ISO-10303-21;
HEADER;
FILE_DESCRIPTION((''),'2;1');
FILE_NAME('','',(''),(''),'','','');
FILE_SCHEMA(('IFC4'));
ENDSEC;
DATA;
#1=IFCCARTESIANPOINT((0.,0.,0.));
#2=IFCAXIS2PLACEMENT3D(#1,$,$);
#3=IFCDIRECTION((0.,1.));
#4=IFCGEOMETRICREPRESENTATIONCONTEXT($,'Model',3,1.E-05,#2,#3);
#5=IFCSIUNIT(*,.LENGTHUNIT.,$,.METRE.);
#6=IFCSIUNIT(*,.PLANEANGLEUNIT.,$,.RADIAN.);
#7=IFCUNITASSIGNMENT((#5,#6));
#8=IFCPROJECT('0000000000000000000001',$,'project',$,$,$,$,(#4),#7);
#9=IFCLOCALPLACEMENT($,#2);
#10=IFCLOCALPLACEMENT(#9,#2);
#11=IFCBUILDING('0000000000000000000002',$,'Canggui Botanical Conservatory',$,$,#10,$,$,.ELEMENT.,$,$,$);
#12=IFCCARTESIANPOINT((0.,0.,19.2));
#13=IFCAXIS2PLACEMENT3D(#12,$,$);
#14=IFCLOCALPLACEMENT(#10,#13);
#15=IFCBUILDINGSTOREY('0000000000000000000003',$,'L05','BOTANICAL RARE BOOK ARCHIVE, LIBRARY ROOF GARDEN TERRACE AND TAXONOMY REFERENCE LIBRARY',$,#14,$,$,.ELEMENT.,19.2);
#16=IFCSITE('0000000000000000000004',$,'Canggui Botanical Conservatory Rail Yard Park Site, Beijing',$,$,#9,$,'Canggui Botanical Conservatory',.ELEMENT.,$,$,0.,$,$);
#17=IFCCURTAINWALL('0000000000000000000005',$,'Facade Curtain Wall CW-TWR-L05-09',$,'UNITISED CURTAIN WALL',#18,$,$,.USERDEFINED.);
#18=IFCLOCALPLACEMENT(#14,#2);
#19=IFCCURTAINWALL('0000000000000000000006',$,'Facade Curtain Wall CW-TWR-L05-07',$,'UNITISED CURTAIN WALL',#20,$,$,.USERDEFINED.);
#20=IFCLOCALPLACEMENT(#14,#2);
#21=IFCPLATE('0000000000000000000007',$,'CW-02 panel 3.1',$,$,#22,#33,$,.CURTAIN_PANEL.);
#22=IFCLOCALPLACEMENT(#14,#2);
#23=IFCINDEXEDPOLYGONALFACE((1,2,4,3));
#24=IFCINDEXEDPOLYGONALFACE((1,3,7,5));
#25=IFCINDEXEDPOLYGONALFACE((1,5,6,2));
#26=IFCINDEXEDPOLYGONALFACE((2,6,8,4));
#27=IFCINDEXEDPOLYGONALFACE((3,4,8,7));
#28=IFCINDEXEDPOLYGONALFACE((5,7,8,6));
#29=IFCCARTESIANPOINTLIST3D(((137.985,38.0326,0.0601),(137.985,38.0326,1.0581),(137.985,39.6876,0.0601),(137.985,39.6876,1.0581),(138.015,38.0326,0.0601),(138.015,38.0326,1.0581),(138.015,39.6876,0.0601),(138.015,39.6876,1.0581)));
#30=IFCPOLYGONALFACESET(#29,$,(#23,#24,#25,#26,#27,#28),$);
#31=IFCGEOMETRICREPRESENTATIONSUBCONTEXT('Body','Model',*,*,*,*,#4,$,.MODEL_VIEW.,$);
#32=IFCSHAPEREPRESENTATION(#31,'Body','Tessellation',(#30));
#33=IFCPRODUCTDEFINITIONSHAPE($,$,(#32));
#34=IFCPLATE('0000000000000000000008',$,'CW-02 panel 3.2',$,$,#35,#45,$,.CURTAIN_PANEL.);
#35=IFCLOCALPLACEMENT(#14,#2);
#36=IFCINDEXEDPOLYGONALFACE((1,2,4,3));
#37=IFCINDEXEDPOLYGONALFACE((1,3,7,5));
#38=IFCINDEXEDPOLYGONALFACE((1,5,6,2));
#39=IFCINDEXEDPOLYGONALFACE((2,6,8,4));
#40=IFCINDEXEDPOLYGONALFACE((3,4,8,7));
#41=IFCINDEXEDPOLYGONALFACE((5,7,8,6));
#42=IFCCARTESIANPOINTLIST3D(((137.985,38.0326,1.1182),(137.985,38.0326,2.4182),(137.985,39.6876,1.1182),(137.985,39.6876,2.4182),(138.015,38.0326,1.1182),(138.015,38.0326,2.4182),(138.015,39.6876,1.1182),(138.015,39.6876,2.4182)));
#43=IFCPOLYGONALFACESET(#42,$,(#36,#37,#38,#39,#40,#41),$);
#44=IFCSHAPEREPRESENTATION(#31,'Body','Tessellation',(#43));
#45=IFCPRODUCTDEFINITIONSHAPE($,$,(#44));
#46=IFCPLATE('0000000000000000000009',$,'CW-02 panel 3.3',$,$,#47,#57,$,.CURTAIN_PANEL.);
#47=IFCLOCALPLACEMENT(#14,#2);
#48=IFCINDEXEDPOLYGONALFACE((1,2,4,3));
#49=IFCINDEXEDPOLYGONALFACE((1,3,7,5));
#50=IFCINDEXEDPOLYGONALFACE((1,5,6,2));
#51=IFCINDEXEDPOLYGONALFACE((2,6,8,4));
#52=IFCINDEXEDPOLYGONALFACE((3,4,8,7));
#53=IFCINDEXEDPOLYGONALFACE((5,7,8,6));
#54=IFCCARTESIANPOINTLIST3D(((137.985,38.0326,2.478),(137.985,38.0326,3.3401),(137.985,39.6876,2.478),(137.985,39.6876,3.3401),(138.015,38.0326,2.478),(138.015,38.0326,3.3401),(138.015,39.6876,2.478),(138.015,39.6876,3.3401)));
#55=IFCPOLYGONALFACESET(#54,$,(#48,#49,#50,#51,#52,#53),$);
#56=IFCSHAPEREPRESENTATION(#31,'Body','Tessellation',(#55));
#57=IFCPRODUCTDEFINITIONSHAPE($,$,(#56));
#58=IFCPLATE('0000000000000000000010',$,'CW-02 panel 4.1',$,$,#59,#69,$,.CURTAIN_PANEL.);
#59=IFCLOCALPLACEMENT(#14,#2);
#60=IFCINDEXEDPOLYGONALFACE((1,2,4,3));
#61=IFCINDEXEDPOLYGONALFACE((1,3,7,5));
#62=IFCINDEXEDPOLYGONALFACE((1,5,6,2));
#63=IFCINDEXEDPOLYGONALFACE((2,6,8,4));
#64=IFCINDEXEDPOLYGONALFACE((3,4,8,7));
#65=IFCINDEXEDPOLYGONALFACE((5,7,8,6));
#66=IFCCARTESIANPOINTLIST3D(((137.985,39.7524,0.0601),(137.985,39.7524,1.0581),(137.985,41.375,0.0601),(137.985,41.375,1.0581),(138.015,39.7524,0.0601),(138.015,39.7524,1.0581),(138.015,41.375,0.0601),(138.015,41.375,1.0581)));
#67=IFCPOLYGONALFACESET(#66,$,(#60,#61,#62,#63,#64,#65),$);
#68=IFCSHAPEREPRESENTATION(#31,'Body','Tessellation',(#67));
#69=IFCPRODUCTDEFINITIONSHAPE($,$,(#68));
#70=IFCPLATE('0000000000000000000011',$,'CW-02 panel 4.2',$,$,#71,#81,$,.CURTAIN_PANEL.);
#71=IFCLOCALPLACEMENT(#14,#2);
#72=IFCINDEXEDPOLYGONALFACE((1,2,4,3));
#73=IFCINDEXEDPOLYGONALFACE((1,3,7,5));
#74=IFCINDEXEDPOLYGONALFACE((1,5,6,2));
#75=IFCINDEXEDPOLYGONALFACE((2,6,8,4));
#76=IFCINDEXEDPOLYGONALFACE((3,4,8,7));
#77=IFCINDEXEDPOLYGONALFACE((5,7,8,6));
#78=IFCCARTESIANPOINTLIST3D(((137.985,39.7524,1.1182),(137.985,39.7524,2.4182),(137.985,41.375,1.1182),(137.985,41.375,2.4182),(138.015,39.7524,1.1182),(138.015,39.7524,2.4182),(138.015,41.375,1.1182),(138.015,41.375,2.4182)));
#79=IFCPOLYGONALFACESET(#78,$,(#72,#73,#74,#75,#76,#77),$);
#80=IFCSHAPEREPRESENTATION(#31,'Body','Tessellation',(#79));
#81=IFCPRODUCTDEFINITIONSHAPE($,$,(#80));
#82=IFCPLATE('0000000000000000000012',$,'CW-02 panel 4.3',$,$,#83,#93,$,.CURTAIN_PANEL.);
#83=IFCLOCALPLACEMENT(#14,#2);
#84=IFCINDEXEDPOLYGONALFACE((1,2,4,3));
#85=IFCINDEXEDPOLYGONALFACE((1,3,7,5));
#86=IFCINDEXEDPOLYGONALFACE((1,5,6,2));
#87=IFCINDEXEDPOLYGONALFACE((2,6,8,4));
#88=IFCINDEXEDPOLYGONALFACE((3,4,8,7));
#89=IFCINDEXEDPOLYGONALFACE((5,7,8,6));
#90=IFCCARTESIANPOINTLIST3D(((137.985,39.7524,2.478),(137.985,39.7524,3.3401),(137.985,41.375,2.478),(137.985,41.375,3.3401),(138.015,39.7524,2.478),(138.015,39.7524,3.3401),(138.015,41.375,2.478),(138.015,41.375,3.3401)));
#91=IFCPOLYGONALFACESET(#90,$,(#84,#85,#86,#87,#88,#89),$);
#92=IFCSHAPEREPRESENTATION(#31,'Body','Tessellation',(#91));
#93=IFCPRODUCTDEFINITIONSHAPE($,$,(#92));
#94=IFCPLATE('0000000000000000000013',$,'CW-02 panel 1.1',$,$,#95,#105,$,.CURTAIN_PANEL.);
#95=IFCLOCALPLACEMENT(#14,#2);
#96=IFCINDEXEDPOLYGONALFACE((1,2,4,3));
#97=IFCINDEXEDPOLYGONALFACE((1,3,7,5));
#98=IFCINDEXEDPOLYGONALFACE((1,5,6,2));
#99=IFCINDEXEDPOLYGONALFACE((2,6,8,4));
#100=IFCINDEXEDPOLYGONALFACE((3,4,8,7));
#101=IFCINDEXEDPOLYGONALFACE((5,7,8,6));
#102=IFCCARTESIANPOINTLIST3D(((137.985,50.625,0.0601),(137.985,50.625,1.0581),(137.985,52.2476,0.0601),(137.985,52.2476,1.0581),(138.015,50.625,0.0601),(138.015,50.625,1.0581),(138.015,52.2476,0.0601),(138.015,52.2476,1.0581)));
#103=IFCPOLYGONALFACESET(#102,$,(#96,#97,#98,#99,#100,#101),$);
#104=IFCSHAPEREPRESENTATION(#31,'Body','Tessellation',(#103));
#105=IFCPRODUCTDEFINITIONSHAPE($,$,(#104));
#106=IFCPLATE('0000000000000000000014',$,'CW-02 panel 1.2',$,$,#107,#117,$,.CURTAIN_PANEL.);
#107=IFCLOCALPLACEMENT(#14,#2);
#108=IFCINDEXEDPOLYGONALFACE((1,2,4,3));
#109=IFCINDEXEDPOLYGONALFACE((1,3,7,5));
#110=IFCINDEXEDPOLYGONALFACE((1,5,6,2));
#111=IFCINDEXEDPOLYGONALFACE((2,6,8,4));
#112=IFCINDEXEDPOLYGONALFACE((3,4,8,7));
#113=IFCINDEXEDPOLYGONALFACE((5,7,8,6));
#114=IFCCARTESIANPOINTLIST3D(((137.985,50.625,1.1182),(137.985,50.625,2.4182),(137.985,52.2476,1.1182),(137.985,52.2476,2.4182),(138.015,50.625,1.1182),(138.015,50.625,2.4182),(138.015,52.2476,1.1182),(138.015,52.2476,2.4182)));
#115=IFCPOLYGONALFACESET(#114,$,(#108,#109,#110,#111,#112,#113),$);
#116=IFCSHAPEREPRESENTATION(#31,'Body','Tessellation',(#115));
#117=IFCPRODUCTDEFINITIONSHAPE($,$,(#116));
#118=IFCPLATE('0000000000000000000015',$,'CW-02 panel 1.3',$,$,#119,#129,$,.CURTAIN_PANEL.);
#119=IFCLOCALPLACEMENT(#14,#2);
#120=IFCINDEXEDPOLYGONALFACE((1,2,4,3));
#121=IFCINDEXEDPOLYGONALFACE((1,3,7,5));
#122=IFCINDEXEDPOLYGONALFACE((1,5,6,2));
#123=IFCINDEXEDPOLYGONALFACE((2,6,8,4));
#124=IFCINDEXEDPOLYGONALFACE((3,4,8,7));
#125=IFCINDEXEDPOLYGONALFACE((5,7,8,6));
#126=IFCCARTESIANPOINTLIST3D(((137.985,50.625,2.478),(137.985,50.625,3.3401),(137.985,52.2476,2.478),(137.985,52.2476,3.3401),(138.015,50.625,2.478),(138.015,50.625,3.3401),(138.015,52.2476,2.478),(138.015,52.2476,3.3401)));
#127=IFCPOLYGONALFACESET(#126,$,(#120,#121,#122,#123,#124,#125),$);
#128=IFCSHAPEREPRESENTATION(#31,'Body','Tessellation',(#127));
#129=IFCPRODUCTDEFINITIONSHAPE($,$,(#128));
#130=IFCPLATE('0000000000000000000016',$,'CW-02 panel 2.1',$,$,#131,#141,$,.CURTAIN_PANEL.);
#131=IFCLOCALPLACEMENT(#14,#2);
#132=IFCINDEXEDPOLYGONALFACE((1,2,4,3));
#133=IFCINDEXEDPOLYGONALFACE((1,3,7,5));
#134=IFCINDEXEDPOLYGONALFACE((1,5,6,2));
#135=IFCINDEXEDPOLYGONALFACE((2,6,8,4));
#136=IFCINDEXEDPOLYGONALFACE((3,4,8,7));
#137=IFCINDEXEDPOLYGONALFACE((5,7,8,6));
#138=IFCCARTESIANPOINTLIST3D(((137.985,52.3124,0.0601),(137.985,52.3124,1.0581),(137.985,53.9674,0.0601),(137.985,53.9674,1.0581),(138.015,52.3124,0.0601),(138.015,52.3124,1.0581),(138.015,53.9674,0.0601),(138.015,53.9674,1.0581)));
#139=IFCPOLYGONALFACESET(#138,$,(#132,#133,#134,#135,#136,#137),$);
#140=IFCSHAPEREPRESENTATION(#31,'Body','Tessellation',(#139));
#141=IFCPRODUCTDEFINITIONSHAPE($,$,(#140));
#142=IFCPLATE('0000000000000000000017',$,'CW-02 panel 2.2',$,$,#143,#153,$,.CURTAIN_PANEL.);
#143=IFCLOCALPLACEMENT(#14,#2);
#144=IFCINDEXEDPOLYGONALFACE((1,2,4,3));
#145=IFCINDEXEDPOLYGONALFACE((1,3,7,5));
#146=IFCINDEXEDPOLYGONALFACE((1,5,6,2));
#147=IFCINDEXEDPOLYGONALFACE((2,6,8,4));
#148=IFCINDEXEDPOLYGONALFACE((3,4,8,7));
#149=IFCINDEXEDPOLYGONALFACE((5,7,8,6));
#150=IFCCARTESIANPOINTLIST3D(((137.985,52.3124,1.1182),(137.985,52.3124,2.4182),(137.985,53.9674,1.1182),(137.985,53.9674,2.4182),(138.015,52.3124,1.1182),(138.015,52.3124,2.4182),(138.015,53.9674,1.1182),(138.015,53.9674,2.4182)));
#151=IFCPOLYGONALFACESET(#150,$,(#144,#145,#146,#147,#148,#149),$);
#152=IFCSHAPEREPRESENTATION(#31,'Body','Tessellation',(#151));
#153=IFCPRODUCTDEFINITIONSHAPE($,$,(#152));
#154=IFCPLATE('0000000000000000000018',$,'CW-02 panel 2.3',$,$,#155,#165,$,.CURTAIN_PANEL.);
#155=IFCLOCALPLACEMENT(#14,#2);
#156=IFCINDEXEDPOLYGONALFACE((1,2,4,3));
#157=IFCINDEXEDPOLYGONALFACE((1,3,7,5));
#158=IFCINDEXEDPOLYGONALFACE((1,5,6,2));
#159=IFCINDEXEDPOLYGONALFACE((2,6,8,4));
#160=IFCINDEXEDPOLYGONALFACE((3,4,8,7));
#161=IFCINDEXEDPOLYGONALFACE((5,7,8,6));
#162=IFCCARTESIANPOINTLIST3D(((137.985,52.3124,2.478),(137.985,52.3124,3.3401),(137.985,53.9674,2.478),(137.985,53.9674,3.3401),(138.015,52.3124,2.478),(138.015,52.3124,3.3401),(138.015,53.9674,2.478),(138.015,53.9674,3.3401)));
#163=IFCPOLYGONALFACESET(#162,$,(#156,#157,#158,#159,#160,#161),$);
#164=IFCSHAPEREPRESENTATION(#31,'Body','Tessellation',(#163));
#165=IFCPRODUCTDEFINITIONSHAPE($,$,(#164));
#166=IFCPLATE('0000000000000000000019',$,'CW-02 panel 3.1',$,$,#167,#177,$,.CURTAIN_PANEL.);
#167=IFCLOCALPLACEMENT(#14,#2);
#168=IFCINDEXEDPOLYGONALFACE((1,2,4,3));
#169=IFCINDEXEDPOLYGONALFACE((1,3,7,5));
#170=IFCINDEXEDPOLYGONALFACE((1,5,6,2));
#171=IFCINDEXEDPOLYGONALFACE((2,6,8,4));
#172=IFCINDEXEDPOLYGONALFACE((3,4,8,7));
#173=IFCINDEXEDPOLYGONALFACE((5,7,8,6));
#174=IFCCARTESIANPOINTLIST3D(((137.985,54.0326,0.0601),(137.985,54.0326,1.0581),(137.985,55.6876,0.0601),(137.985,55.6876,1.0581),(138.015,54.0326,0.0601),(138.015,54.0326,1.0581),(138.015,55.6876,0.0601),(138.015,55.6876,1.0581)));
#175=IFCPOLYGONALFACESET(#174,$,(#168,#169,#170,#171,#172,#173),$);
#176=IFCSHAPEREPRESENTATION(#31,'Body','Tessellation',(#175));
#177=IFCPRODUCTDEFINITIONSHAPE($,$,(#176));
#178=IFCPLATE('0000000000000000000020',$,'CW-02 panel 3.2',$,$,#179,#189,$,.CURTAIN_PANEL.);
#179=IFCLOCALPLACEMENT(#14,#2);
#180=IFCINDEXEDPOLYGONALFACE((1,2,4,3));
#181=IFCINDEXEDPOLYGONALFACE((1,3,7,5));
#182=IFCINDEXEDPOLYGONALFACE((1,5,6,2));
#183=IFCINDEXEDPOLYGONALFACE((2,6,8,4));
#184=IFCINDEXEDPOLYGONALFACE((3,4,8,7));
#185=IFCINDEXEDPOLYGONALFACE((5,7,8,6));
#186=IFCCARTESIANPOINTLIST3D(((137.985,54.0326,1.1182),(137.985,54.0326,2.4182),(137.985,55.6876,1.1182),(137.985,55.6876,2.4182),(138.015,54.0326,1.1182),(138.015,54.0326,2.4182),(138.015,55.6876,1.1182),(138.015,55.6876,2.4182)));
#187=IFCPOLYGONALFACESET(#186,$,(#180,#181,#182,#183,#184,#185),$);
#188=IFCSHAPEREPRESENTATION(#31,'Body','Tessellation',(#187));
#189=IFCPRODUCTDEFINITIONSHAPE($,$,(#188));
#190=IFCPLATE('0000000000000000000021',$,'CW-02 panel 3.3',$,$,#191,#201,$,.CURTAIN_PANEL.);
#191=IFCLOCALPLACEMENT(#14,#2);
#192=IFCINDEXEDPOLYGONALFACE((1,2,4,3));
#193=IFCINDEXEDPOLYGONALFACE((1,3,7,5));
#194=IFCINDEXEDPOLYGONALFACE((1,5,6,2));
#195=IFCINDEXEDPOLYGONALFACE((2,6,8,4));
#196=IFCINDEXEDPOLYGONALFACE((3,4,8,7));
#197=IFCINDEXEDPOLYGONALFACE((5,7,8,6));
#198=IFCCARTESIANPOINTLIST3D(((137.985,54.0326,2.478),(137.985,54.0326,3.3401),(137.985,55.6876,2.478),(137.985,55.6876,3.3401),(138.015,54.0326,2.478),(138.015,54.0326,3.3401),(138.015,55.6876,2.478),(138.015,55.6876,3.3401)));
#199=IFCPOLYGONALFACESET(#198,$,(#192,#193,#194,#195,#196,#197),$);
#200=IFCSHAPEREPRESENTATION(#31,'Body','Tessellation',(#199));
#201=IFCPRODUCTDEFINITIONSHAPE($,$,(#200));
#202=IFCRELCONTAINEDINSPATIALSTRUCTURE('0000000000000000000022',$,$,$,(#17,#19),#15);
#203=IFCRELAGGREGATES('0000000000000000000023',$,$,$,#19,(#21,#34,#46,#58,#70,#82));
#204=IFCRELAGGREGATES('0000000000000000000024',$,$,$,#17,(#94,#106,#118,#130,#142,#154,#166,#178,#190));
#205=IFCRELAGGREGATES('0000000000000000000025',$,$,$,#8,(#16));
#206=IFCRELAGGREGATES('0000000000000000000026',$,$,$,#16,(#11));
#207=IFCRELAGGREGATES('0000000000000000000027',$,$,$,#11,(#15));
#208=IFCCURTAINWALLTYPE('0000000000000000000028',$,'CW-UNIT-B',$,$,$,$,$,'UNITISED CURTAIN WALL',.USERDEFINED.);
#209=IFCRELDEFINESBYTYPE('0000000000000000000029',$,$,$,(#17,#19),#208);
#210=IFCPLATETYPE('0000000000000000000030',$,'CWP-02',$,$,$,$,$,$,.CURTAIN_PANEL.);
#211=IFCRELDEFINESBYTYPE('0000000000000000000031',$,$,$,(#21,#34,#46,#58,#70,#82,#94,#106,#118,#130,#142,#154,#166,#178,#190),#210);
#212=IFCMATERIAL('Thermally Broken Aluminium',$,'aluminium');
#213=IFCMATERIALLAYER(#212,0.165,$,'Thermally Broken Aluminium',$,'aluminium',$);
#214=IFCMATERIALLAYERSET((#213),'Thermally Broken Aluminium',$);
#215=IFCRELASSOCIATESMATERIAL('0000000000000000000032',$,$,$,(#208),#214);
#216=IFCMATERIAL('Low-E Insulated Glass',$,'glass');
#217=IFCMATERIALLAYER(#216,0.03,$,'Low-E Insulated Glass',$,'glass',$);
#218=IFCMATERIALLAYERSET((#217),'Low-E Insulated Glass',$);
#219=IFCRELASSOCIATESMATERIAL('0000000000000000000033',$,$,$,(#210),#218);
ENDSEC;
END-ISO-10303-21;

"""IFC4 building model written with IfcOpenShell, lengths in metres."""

from ifc_helpers import new_model, si_unit, direction, frame, origin, origin_2d, place, context, subcontext, project, spatial, rectangle, extrude, material, layer, layer_set, type_object, element, aggregate, save


model = new_model("IFC4")

# Units and contexts
model_context = context("Model", 3, precision=1e-05, world=origin(), true_north=direction((0.0, 1.0)))
body_context = subcontext(model_context, "Body", "Model", "MODEL_VIEW")
ifc_project = project(units=[si_unit("LENGTHUNIT", "METRE"), si_unit("PLANEANGLEUNIT", "RADIAN")], contexts=[model_context])

# Site, building, storey
site_placement = place(None, origin())
site = spatial("IfcSite", under=ifc_project, at=site_placement, Name="Canggui Botanical Conservatory Rail Yard Park Site, Beijing", LongName="Canggui Botanical Conservatory", CompositionType="ELEMENT", RefElevation=0.0)
building_placement = place(site_placement, origin())
building = spatial("IfcBuilding", under=site, at=building_placement, Name="Canggui Botanical Conservatory", CompositionType="ELEMENT")
storey_placement = place(building_placement, frame((0.0, 0.0, 19.2)))
storey = spatial("IfcBuildingStorey", under=building, at=storey_placement, Name="L05", Description="BOTANICAL RARE BOOK ARCHIVE, LIBRARY ROOF GARDEN TERRACE AND TAXONOMY REFERENCE LIBRARY", CompositionType="ELEMENT", Elevation=19.2)

# Curtain walls
ifc_material_1 = material(Name="Thermally Broken Aluminium", Category="aluminium")
ifc_layer_1 = layer(ifc_material_1, 0.165, Name="Thermally Broken Aluminium", Category="aluminium")
ifc_layer_set_1 = layer_set([ifc_layer_1], Name="Thermally Broken Aluminium")
curtain_wall_type = type_object("IfcCurtainWallType", Name="CW-UNIT-B", ElementType="UNITISED CURTAIN WALL", PredefinedType="USERDEFINED", material=ifc_layer_set_1)
curtain_wall_1_placement = place(storey_placement, origin())
curtain_wall_1 = element("IfcCurtainWall", 1, at=curtain_wall_1_placement, inside=storey, type_object=curtain_wall_type, Name="Facade Curtain Wall CW-TWR-L05-09", ObjectType="UNITISED CURTAIN WALL", PredefinedType="USERDEFINED")
curtain_wall_2_placement = place(storey_placement, origin())
curtain_wall_2 = element("IfcCurtainWall", 2, at=curtain_wall_2_placement, inside=storey, type_object=curtain_wall_type, Name="Facade Curtain Wall CW-TWR-L05-07", ObjectType="UNITISED CURTAIN WALL", PredefinedType="USERDEFINED")

# Plates
ifc_material_2 = material(Name="Low-E Insulated Glass", Category="glass")
ifc_layer_2 = layer(ifc_material_2, 0.03, Name="Low-E Insulated Glass", Category="glass")
ifc_layer_set_2 = layer_set([ifc_layer_2], Name="Low-E Insulated Glass")
plate_type = type_object("IfcPlateType", Name="CWP-02", PredefinedType="CURTAIN_PANEL", material=ifc_layer_set_2)
plate_1_placement = place(storey_placement, frame((138.0, 38.8601, 0.0601), z_axis=(0.0, 0.0, 1.0), x_axis=(0.0, 1.0, 0.0)))
plate_1 = element("IfcPlate", 3, at=plate_1_placement, type_object=plate_type, Name="CW-02 panel 3.1", PredefinedType="CURTAIN_PANEL", context=body_context, shape_type="SweptSolid", body=[
    extrude(rectangle(XDim=1.655, YDim=0.03, at=origin_2d()), origin(), (0.0, 0.0, 1.0), 0.998),
])
plate_2_placement = place(storey_placement, frame((138.0, 38.8601, 1.1182), z_axis=(0.0, 0.0, 1.0), x_axis=(0.0, 1.0, 0.0)))
plate_2 = element("IfcPlate", 4, at=plate_2_placement, type_object=plate_type, Name="CW-02 panel 3.2", PredefinedType="CURTAIN_PANEL", context=body_context, shape_type="SweptSolid", body=[
    extrude(rectangle(XDim=1.655, YDim=0.03, at=origin_2d()), origin(), (0.0, 0.0, 1.0), 1.3),
])
plate_3_placement = place(storey_placement, frame((138.0, 38.8601, 2.478), z_axis=(0.0, 0.0, 1.0), x_axis=(0.0, 1.0, 0.0)))
plate_3 = element("IfcPlate", 5, at=plate_3_placement, type_object=plate_type, Name="CW-02 panel 3.3", PredefinedType="CURTAIN_PANEL", context=body_context, shape_type="SweptSolid", body=[
    extrude(rectangle(XDim=1.655, YDim=0.03, at=origin_2d()), origin(), (0.0, 0.0, 1.0), 0.8621),
])
plate_4_placement = place(storey_placement, frame((138.0, 40.5637, 0.0601), z_axis=(0.0, 0.0, 1.0), x_axis=(0.0, 1.0, 0.0)))
plate_4 = element("IfcPlate", 6, at=plate_4_placement, type_object=plate_type, Name="CW-02 panel 4.1", PredefinedType="CURTAIN_PANEL", context=body_context, shape_type="SweptSolid", body=[
    extrude(rectangle(XDim=1.6226, YDim=0.03, at=origin_2d()), origin(), (0.0, 0.0, 1.0), 0.998),
])
plate_5_placement = place(storey_placement, frame((138.0, 40.5637, 1.1182), z_axis=(0.0, 0.0, 1.0), x_axis=(0.0, 1.0, 0.0)))
plate_5 = element("IfcPlate", 7, at=plate_5_placement, type_object=plate_type, Name="CW-02 panel 4.2", PredefinedType="CURTAIN_PANEL", context=body_context, shape_type="SweptSolid", body=[
    extrude(rectangle(XDim=1.6226, YDim=0.03, at=origin_2d()), origin(), (0.0, 0.0, 1.0), 1.3),
])
plate_6_placement = place(storey_placement, frame((138.0, 40.5637, 2.478), z_axis=(0.0, 0.0, 1.0), x_axis=(0.0, 1.0, 0.0)))
plate_6 = element("IfcPlate", 8, at=plate_6_placement, type_object=plate_type, Name="CW-02 panel 4.3", PredefinedType="CURTAIN_PANEL", context=body_context, shape_type="SweptSolid", body=[
    extrude(rectangle(XDim=1.6226, YDim=0.03, at=origin_2d()), origin(), (0.0, 0.0, 1.0), 0.8621),
])
aggregate(curtain_wall_2, [plate_1, plate_2, plate_3, plate_4, plate_5, plate_6])
plate_7_placement = place(storey_placement, frame((138.0, 51.4363, 0.0601), z_axis=(0.0, 0.0, 1.0), x_axis=(0.0, 1.0, 0.0)))
plate_7 = element("IfcPlate", 9, at=plate_7_placement, type_object=plate_type, Name="CW-02 panel 1.1", PredefinedType="CURTAIN_PANEL", context=body_context, shape_type="SweptSolid", body=[
    extrude(rectangle(XDim=1.6226, YDim=0.03, at=origin_2d()), origin(), (0.0, 0.0, 1.0), 0.998),
])
plate_8_placement = place(storey_placement, frame((138.0, 51.4363, 1.1182), z_axis=(0.0, 0.0, 1.0), x_axis=(0.0, 1.0, 0.0)))
plate_8 = element("IfcPlate", 10, at=plate_8_placement, type_object=plate_type, Name="CW-02 panel 1.2", PredefinedType="CURTAIN_PANEL", context=body_context, shape_type="SweptSolid", body=[
    extrude(rectangle(XDim=1.6226, YDim=0.03, at=origin_2d()), origin(), (0.0, 0.0, 1.0), 1.3),
])
plate_9_placement = place(storey_placement, frame((138.0, 51.4363, 2.478), z_axis=(0.0, 0.0, 1.0), x_axis=(0.0, 1.0, 0.0)))
plate_9 = element("IfcPlate", 11, at=plate_9_placement, type_object=plate_type, Name="CW-02 panel 1.3", PredefinedType="CURTAIN_PANEL", context=body_context, shape_type="SweptSolid", body=[
    extrude(rectangle(XDim=1.6226, YDim=0.03, at=origin_2d()), origin(), (0.0, 0.0, 1.0), 0.8621),
])
plate_10_placement = place(storey_placement, frame((138.0, 53.1399, 0.0601), z_axis=(0.0, 0.0, 1.0), x_axis=(0.0, 1.0, 0.0)))
plate_10 = element("IfcPlate", 12, at=plate_10_placement, type_object=plate_type, Name="CW-02 panel 2.1", PredefinedType="CURTAIN_PANEL", context=body_context, shape_type="SweptSolid", body=[
    extrude(rectangle(XDim=1.655, YDim=0.03, at=origin_2d()), origin(), (0.0, 0.0, 1.0), 0.998),
])
plate_11_placement = place(storey_placement, frame((138.0, 53.1399, 1.1182), z_axis=(0.0, 0.0, 1.0), x_axis=(0.0, 1.0, 0.0)))
plate_11 = element("IfcPlate", 13, at=plate_11_placement, type_object=plate_type, Name="CW-02 panel 2.2", PredefinedType="CURTAIN_PANEL", context=body_context, shape_type="SweptSolid", body=[
    extrude(rectangle(XDim=1.655, YDim=0.03, at=origin_2d()), origin(), (0.0, 0.0, 1.0), 1.3),
])
plate_12_placement = place(storey_placement, frame((138.0, 53.1399, 2.478), z_axis=(0.0, 0.0, 1.0), x_axis=(0.0, 1.0, 0.0)))
plate_12 = element("IfcPlate", 14, at=plate_12_placement, type_object=plate_type, Name="CW-02 panel 2.3", PredefinedType="CURTAIN_PANEL", context=body_context, shape_type="SweptSolid", body=[
    extrude(rectangle(XDim=1.655, YDim=0.03, at=origin_2d()), origin(), (0.0, 0.0, 1.0), 0.8621),
])
plate_13_placement = place(storey_placement, frame((138.0, 54.8601, 0.0601), z_axis=(0.0, 0.0, 1.0), x_axis=(0.0, 1.0, 0.0)))
plate_13 = element("IfcPlate", 15, at=plate_13_placement, type_object=plate_type, Name="CW-02 panel 3.1", PredefinedType="CURTAIN_PANEL", context=body_context, shape_type="SweptSolid", body=[
    extrude(rectangle(XDim=1.655, YDim=0.03, at=origin_2d()), origin(), (0.0, 0.0, 1.0), 0.998),
])
plate_14_placement = place(storey_placement, frame((138.0, 54.8601, 1.1182), z_axis=(0.0, 0.0, 1.0), x_axis=(0.0, 1.0, 0.0)))
plate_14 = element("IfcPlate", 16, at=plate_14_placement, type_object=plate_type, Name="CW-02 panel 3.2", PredefinedType="CURTAIN_PANEL", context=body_context, shape_type="SweptSolid", body=[
    extrude(rectangle(XDim=1.655, YDim=0.03, at=origin_2d()), origin(), (0.0, 0.0, 1.0), 1.3),
])
plate_15_placement = place(storey_placement, frame((138.0, 54.8601, 2.478), z_axis=(0.0, 0.0, 1.0), x_axis=(0.0, 1.0, 0.0)))
plate_15 = element("IfcPlate", 17, at=plate_15_placement, type_object=plate_type, Name="CW-02 panel 3.3", PredefinedType="CURTAIN_PANEL", context=body_context, shape_type="SweptSolid", body=[
    extrude(rectangle(XDim=1.655, YDim=0.03, at=origin_2d()), origin(), (0.0, 0.0, 1.0), 0.8621),
])
aggregate(curtain_wall_1, [plate_7, plate_8, plate_9, plate_10, plate_11, plate_12, plate_13, plate_14, plate_15])

save(model, "model.ifc")
